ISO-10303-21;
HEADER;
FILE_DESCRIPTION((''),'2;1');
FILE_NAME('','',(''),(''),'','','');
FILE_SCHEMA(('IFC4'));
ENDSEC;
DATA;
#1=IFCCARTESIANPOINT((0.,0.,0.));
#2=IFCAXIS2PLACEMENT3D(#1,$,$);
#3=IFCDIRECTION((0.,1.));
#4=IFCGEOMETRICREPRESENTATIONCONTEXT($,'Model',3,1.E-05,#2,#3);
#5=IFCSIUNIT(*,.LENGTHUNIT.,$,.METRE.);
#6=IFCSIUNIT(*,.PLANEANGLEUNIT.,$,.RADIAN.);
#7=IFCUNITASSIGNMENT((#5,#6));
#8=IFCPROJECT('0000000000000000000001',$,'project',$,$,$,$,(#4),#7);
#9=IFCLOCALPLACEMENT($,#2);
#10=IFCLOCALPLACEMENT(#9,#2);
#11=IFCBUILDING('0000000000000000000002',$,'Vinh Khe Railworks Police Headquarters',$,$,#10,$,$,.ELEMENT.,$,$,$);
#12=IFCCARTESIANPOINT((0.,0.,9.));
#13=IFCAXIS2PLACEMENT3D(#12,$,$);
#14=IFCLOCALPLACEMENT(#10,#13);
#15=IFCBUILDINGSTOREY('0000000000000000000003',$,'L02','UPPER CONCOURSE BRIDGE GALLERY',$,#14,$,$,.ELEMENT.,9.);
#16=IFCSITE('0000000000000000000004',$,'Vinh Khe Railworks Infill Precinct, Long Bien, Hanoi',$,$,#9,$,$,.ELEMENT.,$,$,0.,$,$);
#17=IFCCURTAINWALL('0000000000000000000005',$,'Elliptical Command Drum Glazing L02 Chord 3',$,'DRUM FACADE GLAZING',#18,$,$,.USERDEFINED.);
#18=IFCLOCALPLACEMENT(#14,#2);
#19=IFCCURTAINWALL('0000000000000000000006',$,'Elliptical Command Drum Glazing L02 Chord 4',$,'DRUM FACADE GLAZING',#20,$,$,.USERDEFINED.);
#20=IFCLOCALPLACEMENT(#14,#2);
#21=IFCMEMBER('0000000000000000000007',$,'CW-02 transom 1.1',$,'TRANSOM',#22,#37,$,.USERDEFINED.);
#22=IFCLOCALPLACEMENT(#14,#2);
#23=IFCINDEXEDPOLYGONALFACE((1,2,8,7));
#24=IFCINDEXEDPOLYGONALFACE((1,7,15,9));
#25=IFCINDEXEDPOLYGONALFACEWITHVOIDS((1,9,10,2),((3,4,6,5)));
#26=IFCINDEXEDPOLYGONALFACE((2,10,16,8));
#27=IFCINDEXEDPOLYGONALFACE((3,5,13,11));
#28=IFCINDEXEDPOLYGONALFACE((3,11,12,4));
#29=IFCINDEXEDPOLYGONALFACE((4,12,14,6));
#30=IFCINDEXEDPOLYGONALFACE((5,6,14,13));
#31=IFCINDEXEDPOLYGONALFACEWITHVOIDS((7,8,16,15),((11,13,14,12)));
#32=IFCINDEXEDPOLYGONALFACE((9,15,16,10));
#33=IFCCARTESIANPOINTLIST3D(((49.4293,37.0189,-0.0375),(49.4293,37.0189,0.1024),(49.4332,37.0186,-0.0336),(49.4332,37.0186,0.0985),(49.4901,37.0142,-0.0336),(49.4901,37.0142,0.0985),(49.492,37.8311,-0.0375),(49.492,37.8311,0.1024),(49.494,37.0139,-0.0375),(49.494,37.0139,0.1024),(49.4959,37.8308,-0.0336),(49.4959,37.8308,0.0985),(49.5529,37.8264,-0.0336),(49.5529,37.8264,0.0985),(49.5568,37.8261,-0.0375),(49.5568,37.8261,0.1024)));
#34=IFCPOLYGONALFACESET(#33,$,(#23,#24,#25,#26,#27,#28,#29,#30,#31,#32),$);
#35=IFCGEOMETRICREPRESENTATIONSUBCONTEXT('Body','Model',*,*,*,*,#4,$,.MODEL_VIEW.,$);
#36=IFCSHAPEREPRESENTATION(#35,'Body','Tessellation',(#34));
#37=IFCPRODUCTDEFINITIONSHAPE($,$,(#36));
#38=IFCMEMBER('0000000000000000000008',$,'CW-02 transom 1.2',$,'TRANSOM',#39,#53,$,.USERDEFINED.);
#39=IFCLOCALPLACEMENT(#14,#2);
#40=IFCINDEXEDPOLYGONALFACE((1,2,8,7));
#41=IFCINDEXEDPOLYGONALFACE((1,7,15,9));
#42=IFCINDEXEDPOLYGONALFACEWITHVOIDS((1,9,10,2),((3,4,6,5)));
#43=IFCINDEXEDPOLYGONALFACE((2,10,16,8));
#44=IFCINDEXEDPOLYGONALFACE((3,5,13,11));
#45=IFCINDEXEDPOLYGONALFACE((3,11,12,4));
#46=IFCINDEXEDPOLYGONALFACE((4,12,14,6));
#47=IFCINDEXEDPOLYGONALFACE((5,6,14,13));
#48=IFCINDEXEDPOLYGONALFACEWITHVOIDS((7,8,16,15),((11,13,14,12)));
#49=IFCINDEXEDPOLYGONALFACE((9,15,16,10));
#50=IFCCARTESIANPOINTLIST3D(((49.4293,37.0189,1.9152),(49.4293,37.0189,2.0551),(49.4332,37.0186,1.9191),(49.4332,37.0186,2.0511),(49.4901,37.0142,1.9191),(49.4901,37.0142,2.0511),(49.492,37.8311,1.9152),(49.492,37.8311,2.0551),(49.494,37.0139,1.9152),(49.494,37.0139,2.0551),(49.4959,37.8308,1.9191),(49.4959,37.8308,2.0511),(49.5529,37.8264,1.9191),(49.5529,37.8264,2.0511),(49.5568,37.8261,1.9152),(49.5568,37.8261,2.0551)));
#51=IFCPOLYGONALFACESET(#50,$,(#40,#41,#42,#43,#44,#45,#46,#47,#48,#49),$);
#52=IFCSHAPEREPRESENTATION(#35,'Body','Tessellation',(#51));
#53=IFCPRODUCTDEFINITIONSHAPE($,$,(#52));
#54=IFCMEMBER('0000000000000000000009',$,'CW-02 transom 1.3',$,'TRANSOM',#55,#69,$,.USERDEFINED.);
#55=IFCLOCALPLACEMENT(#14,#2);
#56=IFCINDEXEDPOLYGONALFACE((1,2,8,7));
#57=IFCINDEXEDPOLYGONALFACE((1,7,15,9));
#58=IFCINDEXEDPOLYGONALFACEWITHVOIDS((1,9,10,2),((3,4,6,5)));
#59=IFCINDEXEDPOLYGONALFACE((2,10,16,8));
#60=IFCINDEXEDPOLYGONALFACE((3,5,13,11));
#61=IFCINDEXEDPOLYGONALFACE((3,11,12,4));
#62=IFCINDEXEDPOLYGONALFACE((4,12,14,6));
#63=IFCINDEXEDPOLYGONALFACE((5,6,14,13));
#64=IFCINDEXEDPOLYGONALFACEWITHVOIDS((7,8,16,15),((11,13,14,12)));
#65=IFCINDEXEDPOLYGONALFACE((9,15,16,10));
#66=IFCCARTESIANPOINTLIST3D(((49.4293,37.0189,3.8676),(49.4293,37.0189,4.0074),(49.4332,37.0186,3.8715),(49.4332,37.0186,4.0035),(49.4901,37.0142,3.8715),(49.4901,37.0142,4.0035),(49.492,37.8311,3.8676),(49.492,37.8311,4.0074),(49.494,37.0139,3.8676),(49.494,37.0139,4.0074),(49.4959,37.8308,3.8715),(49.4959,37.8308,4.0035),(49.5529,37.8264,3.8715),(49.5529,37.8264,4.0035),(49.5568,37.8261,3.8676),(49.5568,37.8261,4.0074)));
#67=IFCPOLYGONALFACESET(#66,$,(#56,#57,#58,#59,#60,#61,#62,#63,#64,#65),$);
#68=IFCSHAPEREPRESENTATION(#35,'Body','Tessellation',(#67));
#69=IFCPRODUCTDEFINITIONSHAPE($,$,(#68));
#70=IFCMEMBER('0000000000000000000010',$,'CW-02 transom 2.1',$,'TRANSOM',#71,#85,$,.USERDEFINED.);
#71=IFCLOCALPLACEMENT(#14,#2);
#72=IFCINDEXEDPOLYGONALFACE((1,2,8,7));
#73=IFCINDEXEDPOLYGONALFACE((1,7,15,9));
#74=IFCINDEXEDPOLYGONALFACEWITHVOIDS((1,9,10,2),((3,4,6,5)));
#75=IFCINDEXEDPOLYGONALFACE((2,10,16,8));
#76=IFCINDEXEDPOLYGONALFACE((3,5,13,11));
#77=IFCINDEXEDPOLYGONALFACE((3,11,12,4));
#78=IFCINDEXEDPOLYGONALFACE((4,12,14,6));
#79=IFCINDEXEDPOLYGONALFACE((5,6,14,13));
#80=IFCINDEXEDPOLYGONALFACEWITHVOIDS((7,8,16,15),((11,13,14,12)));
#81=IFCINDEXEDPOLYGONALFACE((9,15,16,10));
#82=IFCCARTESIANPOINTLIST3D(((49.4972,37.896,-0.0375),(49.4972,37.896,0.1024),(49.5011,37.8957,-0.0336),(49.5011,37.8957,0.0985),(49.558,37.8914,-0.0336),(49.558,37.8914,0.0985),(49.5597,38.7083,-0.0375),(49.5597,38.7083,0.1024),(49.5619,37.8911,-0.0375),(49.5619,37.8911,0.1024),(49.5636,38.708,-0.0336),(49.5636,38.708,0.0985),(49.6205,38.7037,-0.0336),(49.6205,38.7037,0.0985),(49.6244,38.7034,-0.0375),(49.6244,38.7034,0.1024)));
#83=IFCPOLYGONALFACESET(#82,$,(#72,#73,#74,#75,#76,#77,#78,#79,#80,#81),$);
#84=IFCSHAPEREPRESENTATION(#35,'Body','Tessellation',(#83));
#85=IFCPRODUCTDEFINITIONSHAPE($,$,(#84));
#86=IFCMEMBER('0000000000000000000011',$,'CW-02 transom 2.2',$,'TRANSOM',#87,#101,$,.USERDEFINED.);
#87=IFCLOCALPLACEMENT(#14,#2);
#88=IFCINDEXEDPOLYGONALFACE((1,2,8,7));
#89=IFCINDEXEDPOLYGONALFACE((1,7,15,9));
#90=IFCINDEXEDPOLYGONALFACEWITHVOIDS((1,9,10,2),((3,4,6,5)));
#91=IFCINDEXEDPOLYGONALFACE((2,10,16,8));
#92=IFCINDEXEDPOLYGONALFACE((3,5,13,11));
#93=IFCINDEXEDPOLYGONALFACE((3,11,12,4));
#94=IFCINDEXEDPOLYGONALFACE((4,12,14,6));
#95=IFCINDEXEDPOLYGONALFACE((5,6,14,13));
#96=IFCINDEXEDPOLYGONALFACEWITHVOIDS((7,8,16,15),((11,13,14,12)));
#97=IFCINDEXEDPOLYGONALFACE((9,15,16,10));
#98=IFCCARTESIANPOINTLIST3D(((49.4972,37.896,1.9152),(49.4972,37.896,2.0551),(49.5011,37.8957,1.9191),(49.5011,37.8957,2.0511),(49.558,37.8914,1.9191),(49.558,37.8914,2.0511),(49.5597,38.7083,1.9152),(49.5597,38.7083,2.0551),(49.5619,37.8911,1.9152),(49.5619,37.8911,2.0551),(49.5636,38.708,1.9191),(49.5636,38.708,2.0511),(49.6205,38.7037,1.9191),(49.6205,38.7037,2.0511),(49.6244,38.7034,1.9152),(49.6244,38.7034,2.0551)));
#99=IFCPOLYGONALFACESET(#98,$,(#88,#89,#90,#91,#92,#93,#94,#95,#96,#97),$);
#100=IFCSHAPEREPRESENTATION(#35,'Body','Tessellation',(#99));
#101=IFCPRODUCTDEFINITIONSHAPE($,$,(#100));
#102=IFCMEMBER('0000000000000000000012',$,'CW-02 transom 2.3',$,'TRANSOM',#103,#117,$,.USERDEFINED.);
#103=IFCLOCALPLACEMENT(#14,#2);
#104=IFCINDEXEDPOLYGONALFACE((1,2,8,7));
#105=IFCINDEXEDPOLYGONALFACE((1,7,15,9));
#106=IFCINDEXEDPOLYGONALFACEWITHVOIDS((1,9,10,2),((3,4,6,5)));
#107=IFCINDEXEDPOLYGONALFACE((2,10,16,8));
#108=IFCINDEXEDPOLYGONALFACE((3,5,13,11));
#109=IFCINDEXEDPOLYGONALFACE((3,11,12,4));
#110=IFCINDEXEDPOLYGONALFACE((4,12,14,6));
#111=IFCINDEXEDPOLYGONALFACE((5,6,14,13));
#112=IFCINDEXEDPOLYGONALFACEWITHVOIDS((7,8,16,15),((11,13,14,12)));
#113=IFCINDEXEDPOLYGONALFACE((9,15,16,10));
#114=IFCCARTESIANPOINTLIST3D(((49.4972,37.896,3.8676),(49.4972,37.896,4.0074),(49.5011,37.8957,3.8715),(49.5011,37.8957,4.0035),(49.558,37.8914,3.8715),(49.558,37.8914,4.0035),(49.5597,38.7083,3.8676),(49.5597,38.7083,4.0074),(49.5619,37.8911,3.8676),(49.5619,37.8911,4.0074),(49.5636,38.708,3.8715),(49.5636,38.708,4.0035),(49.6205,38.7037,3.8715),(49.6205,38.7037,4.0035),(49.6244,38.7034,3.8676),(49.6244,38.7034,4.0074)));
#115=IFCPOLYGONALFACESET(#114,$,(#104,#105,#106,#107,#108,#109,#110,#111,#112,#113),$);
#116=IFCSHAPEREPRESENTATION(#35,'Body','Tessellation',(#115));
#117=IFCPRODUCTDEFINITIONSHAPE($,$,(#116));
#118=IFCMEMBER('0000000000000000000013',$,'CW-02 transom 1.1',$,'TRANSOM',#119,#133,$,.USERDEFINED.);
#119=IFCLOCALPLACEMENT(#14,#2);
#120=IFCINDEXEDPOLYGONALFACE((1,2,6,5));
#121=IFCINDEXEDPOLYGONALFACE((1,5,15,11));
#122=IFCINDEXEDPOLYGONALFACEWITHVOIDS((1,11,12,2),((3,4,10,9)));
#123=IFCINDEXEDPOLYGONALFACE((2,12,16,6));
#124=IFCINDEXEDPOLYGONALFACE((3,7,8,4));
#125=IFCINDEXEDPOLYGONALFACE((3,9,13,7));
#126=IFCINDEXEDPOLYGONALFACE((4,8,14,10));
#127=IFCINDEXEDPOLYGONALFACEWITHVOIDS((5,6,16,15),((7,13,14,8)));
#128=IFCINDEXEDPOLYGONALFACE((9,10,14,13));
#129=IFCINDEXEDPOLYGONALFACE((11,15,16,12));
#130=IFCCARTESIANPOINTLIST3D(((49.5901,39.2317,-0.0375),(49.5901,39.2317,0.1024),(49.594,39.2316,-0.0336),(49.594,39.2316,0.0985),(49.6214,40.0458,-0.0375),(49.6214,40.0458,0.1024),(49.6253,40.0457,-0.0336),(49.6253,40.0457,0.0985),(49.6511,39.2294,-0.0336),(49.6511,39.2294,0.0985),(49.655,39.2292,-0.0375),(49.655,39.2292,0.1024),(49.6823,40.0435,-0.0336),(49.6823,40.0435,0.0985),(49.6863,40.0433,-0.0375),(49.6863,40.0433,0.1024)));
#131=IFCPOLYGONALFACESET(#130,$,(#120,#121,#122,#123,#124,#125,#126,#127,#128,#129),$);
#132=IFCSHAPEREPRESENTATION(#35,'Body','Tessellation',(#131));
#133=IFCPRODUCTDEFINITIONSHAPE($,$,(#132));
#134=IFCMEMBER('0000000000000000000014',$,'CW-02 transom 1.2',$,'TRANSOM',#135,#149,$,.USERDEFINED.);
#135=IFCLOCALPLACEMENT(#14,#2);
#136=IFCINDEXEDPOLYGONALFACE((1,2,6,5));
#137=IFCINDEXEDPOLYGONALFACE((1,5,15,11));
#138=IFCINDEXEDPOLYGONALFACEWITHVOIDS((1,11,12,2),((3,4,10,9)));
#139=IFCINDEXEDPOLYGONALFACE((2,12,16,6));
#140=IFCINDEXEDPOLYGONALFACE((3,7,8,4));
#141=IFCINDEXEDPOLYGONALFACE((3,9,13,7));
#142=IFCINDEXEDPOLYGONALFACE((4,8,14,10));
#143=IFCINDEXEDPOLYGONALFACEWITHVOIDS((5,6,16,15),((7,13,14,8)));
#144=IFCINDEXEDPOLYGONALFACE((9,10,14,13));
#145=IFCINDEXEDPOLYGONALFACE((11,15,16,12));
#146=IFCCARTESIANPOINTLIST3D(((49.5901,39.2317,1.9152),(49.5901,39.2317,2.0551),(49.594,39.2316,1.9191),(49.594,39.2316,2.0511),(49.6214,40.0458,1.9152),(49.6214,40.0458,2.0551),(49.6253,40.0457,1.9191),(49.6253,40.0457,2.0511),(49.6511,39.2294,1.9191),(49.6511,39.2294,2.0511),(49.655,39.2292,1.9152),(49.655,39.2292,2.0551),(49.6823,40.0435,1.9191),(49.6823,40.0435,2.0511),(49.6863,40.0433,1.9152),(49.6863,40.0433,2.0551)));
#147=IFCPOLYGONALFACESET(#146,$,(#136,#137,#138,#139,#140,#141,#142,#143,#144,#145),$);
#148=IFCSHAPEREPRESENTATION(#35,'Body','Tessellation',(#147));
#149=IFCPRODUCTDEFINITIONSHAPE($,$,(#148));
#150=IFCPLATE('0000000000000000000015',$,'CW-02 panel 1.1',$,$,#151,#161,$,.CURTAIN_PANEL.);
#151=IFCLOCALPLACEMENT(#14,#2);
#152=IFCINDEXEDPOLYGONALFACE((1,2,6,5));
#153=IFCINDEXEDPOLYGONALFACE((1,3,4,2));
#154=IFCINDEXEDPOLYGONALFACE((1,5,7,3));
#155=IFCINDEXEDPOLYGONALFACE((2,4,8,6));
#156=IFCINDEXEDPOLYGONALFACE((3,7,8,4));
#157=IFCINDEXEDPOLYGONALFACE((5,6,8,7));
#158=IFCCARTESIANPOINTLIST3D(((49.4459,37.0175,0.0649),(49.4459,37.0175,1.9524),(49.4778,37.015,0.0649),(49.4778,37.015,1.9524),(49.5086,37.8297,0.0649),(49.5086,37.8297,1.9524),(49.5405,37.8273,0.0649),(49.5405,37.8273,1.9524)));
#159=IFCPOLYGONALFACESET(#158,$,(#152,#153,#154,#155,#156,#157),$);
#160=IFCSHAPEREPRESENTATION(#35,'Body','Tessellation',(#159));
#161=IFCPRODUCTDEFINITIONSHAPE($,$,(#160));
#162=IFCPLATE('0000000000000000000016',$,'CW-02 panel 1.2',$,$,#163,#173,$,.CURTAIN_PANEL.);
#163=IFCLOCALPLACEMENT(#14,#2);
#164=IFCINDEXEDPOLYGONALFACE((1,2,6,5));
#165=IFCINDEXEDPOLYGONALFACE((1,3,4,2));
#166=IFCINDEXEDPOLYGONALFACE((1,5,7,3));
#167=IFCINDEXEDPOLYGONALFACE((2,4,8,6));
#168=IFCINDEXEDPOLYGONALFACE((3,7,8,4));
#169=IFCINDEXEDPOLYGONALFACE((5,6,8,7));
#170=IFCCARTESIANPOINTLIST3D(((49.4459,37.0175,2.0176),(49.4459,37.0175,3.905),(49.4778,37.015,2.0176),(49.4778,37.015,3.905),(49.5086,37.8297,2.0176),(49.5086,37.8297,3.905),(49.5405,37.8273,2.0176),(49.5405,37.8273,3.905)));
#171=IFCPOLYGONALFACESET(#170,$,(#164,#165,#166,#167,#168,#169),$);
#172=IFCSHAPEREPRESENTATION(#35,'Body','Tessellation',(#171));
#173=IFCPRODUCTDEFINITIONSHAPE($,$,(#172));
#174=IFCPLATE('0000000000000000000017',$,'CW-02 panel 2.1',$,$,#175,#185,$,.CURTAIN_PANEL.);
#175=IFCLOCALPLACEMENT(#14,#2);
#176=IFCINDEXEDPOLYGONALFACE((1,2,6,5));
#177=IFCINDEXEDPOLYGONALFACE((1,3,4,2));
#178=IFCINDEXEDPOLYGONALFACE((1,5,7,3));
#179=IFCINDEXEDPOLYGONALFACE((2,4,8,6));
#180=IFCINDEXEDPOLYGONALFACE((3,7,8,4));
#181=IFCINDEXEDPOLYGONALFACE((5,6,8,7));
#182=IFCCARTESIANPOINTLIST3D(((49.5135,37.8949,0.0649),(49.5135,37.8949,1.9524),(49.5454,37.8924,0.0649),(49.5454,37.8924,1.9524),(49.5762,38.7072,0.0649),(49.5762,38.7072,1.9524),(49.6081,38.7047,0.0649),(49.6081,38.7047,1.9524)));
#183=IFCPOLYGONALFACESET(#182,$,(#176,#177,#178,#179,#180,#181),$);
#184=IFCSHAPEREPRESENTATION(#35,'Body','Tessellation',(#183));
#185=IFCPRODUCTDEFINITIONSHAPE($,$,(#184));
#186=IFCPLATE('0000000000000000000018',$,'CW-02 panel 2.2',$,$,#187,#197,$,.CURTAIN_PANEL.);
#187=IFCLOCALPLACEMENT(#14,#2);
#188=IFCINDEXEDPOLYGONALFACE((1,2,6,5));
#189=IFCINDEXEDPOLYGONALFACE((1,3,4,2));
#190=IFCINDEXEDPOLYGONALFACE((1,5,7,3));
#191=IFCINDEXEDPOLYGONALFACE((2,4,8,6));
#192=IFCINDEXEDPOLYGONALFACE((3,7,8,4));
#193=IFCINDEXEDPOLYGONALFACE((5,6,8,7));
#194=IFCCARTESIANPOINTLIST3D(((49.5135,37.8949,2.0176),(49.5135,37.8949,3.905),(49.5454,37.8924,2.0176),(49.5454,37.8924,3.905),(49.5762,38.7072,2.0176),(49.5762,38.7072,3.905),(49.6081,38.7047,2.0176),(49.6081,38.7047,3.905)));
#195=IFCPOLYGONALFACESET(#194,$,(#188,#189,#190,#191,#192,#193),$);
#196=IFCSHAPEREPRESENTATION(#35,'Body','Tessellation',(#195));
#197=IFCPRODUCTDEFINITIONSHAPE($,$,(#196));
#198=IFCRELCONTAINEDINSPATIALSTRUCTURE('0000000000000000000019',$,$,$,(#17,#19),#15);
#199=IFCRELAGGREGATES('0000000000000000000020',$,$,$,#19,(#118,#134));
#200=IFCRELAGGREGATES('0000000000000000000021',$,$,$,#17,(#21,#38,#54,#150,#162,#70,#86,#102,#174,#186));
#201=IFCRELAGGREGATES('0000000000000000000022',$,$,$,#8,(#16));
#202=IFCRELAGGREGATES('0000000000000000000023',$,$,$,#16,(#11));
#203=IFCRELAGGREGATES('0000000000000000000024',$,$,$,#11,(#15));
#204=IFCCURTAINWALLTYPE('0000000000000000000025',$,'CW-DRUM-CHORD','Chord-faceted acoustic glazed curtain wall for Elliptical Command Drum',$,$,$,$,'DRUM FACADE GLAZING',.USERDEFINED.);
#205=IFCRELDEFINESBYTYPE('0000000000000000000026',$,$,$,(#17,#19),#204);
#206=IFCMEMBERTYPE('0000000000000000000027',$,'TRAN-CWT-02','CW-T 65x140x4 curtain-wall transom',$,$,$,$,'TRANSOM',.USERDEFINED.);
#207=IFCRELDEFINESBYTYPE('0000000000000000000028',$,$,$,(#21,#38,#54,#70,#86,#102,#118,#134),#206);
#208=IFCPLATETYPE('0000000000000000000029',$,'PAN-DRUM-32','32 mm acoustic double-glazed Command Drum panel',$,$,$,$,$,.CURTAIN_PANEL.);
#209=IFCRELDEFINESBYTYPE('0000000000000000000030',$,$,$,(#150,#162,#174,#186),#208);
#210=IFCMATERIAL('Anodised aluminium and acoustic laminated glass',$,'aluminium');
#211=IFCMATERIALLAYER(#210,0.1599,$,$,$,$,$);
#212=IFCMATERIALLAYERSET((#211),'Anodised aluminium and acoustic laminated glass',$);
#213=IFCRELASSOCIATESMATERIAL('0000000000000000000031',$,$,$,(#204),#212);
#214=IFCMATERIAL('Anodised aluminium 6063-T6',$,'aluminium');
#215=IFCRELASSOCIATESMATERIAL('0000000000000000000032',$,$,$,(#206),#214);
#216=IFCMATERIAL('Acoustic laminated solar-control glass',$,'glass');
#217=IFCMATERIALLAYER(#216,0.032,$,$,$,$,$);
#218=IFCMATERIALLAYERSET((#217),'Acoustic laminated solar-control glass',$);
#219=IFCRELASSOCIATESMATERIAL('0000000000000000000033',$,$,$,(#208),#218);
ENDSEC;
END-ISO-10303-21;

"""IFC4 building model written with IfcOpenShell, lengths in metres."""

from ifc_helpers import new_model, si_unit, direction, frame, origin, origin_2d, place, context, subcontext, project, spatial, rectangle, hollow_rectangle, extrude, material, layer, layer_set, material_profile, profile_set, type_object, element, aggregate, save


model = new_model("IFC4")

# Units and contexts
model_context = context("Model", 3, precision=1e-05, world=origin(), true_north=direction((0.0, 1.0)))
body_context = subcontext(model_context, "Body", "Model", "MODEL_VIEW")
ifc_project = project(units=[si_unit("LENGTHUNIT", "METRE"), si_unit("PLANEANGLEUNIT", "RADIAN")], contexts=[model_context])

# Site, building, storey
site_placement = place(None, origin())
site = spatial("IfcSite", under=ifc_project, at=site_placement, Name="Vinh Khe Railworks Infill Precinct, Long Bien, Hanoi", CompositionType="ELEMENT", RefElevation=0.0)
building_placement = place(site_placement, origin())
building = spatial("IfcBuilding", under=site, at=building_placement, Name="Vinh Khe Railworks Police Headquarters", CompositionType="ELEMENT")
storey_placement = place(building_placement, frame((0.0, 0.0, 9.0)))
storey = spatial("IfcBuildingStorey", under=building, at=storey_placement, Name="L02", Description="UPPER CONCOURSE BRIDGE GALLERY", CompositionType="ELEMENT", Elevation=9.0)

# Shared definitions
ifc_material_1 = material(Name="Anodised aluminium and acoustic laminated glass", Category="aluminium")
ifc_layer_1 = layer(ifc_material_1, 0.1599)
ifc_layer_set_1 = layer_set([ifc_layer_1], Name="Anodised aluminium and acoustic laminated glass")
curtain_wall_type = type_object("IfcCurtainWallType", Name="CW-DRUM-CHORD", Description="Chord-faceted acoustic glazed curtain wall for Elliptical Command Drum", ElementType="DRUM FACADE GLAZING", PredefinedType="USERDEFINED", material=ifc_layer_set_1)
ifc_material_2 = material(Name="Anodised aluminium 6063-T6", Category="aluminium")

# Curtain wall
curtain_wall_1_placement = place(storey_placement, origin())
curtain_wall_1 = element("IfcCurtainWall", 1, at=curtain_wall_1_placement, inside=storey, type_object=curtain_wall_type, Name="Elliptical Command Drum Glazing L02 Chord 3", ObjectType="DRUM FACADE GLAZING", PredefinedType="USERDEFINED")

# Curtain wall
curtain_wall_2_placement = place(storey_placement, origin())
curtain_wall_2 = element("IfcCurtainWall", 2, at=curtain_wall_2_placement, inside=storey, type_object=curtain_wall_type, Name="Elliptical Command Drum Glazing L02 Chord 4", ObjectType="DRUM FACADE GLAZING", PredefinedType="USERDEFINED")

# Members
ifc_material_profile_1 = material_profile(ifc_material_2, hollow_rectangle(XDim=0.0649, YDim=0.1399, WallThickness=0.0039, at=origin_2d()), Name="CW-T 65x140x4")
ifc_profile_set_1 = profile_set([ifc_material_profile_1], Name="Anodised aluminium 6063-T6")
member_type_1 = type_object("IfcMemberType", Name="TRAN-CWT-02", Description="CW-T 65x140x4 curtain-wall transom", ElementType="TRANSOM", PredefinedType="USERDEFINED", material=ifc_profile_set_1)
member_1_placement = place(storey_placement, frame((49.4617, 37.0164, 0.0325), z_axis=(0.077017, 0.99703, 0.0), x_axis=(-0.99703, 0.077017, 0.0)))
member_1 = element("IfcMember", 3, at=member_1_placement, type_object=member_type_1, Name="CW-02 transom 1.1", ObjectType="TRANSOM", PredefinedType="USERDEFINED", context=body_context, shape_type="SweptSolid", body=[
    extrude(hollow_rectangle(XDim=0.0649, YDim=0.1399, WallThickness=0.0039, at=origin_2d()), origin(), (0.0, 0.0, 1.0), 0.8147),
])
member_2_placement = place(storey_placement, frame((49.4617, 37.0164, 1.9851), z_axis=(0.077017, 0.99703, 0.0), x_axis=(-0.99703, 0.077017, 0.0)))
member_2 = element("IfcMember", 4, at=member_2_placement, type_object=member_type_1, Name="CW-02 transom 1.2", ObjectType="TRANSOM", PredefinedType="USERDEFINED", context=body_context, shape_type="SweptSolid", body=[
    extrude(hollow_rectangle(XDim=0.0649, YDim=0.1399, WallThickness=0.0039, at=origin_2d()), origin(), (0.0, 0.0, 1.0), 0.8147),
])
member_3_placement = place(storey_placement, frame((49.4617, 37.0164, 3.9375), z_axis=(0.077017, 0.99703, 0.0), x_axis=(-0.99703, 0.077017, 0.0)))
member_3 = element("IfcMember", 5, at=member_3_placement, type_object=member_type_1, Name="CW-02 transom 1.3", ObjectType="TRANSOM", PredefinedType="USERDEFINED", context=body_context, shape_type="SweptSolid", body=[
    extrude(hollow_rectangle(XDim=0.0649, YDim=0.1399, WallThickness=0.0039, at=origin_2d()), origin(), (0.0, 0.0, 1.0), 0.8147),
])
member_4_placement = place(storey_placement, frame((49.5295, 37.8936, 0.0325), z_axis=(0.076719, 0.997053, 0.0), x_axis=(-0.997053, 0.076719, 0.0)))
member_4 = element("IfcMember", 6, at=member_4_placement, type_object=member_type_1, Name="CW-02 transom 2.1", ObjectType="TRANSOM", PredefinedType="USERDEFINED", context=body_context, shape_type="SweptSolid", body=[
    extrude(hollow_rectangle(XDim=0.0649, YDim=0.1399, WallThickness=0.0039, at=origin_2d()), origin(), (0.0, 0.0, 1.0), 0.8147),
])
member_5_placement = place(storey_placement, frame((49.5295, 37.8936, 1.9851), z_axis=(0.076719, 0.997053, 0.0), x_axis=(-0.997053, 0.076719, 0.0)))
member_5 = element("IfcMember", 7, at=member_5_placement, type_object=member_type_1, Name="CW-02 transom 2.2", ObjectType="TRANSOM", PredefinedType="USERDEFINED", context=body_context, shape_type="SweptSolid", body=[
    extrude(hollow_rectangle(XDim=0.0649, YDim=0.1399, WallThickness=0.0039, at=origin_2d()), origin(), (0.0, 0.0, 1.0), 0.8147),
])
member_6_placement = place(storey_placement, frame((49.5295, 37.8936, 3.9375), z_axis=(0.076719, 0.997053, 0.0), x_axis=(-0.997053, 0.076719, 0.0)))
member_6 = element("IfcMember", 8, at=member_6_placement, type_object=member_type_1, Name="CW-02 transom 2.3", ObjectType="TRANSOM", PredefinedType="USERDEFINED", context=body_context, shape_type="SweptSolid", body=[
    extrude(hollow_rectangle(XDim=0.0649, YDim=0.1399, WallThickness=0.0039, at=origin_2d()), origin(), (0.0, 0.0, 1.0), 0.8147),
])
member_7_placement = place(storey_placement, frame((49.6226, 39.2305, 0.0325), z_axis=(0.038353, 0.999264, 0.0), x_axis=(-0.999264, 0.038353, 0.0)))
member_7 = element("IfcMember", 9, at=member_7_placement, type_object=member_type_1, Name="CW-02 transom 1.1", ObjectType="TRANSOM", PredefinedType="USERDEFINED", context=body_context, shape_type="SweptSolid", body=[
    extrude(hollow_rectangle(XDim=0.0649, YDim=0.1399, WallThickness=0.0039, at=origin_2d()), origin(), (0.0, 0.0, 1.0), 0.8147),
])
member_8_placement = place(storey_placement, frame((49.6226, 39.2305, 1.9851), z_axis=(0.038353, 0.999264, 0.0), x_axis=(-0.999264, 0.038353, 0.0)))
member_8 = element("IfcMember", 10, at=member_8_placement, type_object=member_type_1, Name="CW-02 transom 1.2", ObjectType="TRANSOM", PredefinedType="USERDEFINED", context=body_context, shape_type="SweptSolid", body=[
    extrude(hollow_rectangle(XDim=0.0649, YDim=0.1399, WallThickness=0.0039, at=origin_2d()), origin(), (0.0, 0.0, 1.0), 0.8147),
])
aggregate(curtain_wall_2, [member_7, member_8])

# Plates
ifc_material_3 = material(Name="Acoustic laminated solar-control glass", Category="glass")
ifc_layer_2 = layer(ifc_material_3, 0.032)
ifc_layer_set_2 = layer_set([ifc_layer_2], Name="Acoustic laminated solar-control glass")
plate_type_1 = type_object("IfcPlateType", Name="PAN-DRUM-32", Description="32 mm acoustic double-glazed Command Drum panel", PredefinedType="CURTAIN_PANEL", material=ifc_layer_set_2)
plate_1_placement = place(storey_placement, frame((49.4932, 37.4224, 0.0649), z_axis=(0.0, 0.0, 1.0), x_axis=(0.076969, 0.997033, 0.0)))
plate_1 = element("IfcPlate", 11, at=plate_1_placement, type_object=plate_type_1, Name="CW-02 panel 1.1", PredefinedType="CURTAIN_PANEL", context=body_context, shape_type="SweptSolid", body=[
    extrude(rectangle(XDim=0.8147, YDim=0.032, at=origin_2d()), origin(), (0.0, 0.0, 1.0), 1.8875),
])
plate_2_placement = place(storey_placement, frame((49.4932, 37.4224, 2.0176), z_axis=(0.0, 0.0, 1.0), x_axis=(0.076969, 0.997033, 0.0)))
plate_2 = element("IfcPlate", 12, at=plate_2_placement, type_object=plate_type_1, Name="CW-02 panel 1.2", PredefinedType="CURTAIN_PANEL", context=body_context, shape_type="SweptSolid", body=[
    extrude(rectangle(XDim=0.8147, YDim=0.032, at=origin_2d()), origin(), (0.0, 0.0, 1.0), 1.8875),
])
plate_3_placement = place(storey_placement, frame((49.5608, 38.2998, 0.0649), z_axis=(0.0, 0.0, 1.0), x_axis=(0.076969, 0.997033, 0.0)))
plate_3 = element("IfcPlate", 13, at=plate_3_placement, type_object=plate_type_1, Name="CW-02 panel 2.1", PredefinedType="CURTAIN_PANEL", context=body_context, shape_type="SweptSolid", body=[
    extrude(rectangle(XDim=0.8147, YDim=0.032, at=origin_2d()), origin(), (0.0, 0.0, 1.0), 1.8875),
])
plate_4_placement = place(storey_placement, frame((49.5608, 38.2998, 2.0176), z_axis=(0.0, 0.0, 1.0), x_axis=(0.076969, 0.997033, 0.0)))
plate_4 = element("IfcPlate", 14, at=plate_4_placement, type_object=plate_type_1, Name="CW-02 panel 2.2", PredefinedType="CURTAIN_PANEL", context=body_context, shape_type="SweptSolid", body=[
    extrude(rectangle(XDim=0.8147, YDim=0.032, at=origin_2d()), origin(), (0.0, 0.0, 1.0), 1.8875),
])
aggregate(curtain_wall_1, [member_1, member_2, member_3, plate_1, plate_2, member_4, member_5, member_6, plate_3, plate_4])

save(model, "model.ifc")
